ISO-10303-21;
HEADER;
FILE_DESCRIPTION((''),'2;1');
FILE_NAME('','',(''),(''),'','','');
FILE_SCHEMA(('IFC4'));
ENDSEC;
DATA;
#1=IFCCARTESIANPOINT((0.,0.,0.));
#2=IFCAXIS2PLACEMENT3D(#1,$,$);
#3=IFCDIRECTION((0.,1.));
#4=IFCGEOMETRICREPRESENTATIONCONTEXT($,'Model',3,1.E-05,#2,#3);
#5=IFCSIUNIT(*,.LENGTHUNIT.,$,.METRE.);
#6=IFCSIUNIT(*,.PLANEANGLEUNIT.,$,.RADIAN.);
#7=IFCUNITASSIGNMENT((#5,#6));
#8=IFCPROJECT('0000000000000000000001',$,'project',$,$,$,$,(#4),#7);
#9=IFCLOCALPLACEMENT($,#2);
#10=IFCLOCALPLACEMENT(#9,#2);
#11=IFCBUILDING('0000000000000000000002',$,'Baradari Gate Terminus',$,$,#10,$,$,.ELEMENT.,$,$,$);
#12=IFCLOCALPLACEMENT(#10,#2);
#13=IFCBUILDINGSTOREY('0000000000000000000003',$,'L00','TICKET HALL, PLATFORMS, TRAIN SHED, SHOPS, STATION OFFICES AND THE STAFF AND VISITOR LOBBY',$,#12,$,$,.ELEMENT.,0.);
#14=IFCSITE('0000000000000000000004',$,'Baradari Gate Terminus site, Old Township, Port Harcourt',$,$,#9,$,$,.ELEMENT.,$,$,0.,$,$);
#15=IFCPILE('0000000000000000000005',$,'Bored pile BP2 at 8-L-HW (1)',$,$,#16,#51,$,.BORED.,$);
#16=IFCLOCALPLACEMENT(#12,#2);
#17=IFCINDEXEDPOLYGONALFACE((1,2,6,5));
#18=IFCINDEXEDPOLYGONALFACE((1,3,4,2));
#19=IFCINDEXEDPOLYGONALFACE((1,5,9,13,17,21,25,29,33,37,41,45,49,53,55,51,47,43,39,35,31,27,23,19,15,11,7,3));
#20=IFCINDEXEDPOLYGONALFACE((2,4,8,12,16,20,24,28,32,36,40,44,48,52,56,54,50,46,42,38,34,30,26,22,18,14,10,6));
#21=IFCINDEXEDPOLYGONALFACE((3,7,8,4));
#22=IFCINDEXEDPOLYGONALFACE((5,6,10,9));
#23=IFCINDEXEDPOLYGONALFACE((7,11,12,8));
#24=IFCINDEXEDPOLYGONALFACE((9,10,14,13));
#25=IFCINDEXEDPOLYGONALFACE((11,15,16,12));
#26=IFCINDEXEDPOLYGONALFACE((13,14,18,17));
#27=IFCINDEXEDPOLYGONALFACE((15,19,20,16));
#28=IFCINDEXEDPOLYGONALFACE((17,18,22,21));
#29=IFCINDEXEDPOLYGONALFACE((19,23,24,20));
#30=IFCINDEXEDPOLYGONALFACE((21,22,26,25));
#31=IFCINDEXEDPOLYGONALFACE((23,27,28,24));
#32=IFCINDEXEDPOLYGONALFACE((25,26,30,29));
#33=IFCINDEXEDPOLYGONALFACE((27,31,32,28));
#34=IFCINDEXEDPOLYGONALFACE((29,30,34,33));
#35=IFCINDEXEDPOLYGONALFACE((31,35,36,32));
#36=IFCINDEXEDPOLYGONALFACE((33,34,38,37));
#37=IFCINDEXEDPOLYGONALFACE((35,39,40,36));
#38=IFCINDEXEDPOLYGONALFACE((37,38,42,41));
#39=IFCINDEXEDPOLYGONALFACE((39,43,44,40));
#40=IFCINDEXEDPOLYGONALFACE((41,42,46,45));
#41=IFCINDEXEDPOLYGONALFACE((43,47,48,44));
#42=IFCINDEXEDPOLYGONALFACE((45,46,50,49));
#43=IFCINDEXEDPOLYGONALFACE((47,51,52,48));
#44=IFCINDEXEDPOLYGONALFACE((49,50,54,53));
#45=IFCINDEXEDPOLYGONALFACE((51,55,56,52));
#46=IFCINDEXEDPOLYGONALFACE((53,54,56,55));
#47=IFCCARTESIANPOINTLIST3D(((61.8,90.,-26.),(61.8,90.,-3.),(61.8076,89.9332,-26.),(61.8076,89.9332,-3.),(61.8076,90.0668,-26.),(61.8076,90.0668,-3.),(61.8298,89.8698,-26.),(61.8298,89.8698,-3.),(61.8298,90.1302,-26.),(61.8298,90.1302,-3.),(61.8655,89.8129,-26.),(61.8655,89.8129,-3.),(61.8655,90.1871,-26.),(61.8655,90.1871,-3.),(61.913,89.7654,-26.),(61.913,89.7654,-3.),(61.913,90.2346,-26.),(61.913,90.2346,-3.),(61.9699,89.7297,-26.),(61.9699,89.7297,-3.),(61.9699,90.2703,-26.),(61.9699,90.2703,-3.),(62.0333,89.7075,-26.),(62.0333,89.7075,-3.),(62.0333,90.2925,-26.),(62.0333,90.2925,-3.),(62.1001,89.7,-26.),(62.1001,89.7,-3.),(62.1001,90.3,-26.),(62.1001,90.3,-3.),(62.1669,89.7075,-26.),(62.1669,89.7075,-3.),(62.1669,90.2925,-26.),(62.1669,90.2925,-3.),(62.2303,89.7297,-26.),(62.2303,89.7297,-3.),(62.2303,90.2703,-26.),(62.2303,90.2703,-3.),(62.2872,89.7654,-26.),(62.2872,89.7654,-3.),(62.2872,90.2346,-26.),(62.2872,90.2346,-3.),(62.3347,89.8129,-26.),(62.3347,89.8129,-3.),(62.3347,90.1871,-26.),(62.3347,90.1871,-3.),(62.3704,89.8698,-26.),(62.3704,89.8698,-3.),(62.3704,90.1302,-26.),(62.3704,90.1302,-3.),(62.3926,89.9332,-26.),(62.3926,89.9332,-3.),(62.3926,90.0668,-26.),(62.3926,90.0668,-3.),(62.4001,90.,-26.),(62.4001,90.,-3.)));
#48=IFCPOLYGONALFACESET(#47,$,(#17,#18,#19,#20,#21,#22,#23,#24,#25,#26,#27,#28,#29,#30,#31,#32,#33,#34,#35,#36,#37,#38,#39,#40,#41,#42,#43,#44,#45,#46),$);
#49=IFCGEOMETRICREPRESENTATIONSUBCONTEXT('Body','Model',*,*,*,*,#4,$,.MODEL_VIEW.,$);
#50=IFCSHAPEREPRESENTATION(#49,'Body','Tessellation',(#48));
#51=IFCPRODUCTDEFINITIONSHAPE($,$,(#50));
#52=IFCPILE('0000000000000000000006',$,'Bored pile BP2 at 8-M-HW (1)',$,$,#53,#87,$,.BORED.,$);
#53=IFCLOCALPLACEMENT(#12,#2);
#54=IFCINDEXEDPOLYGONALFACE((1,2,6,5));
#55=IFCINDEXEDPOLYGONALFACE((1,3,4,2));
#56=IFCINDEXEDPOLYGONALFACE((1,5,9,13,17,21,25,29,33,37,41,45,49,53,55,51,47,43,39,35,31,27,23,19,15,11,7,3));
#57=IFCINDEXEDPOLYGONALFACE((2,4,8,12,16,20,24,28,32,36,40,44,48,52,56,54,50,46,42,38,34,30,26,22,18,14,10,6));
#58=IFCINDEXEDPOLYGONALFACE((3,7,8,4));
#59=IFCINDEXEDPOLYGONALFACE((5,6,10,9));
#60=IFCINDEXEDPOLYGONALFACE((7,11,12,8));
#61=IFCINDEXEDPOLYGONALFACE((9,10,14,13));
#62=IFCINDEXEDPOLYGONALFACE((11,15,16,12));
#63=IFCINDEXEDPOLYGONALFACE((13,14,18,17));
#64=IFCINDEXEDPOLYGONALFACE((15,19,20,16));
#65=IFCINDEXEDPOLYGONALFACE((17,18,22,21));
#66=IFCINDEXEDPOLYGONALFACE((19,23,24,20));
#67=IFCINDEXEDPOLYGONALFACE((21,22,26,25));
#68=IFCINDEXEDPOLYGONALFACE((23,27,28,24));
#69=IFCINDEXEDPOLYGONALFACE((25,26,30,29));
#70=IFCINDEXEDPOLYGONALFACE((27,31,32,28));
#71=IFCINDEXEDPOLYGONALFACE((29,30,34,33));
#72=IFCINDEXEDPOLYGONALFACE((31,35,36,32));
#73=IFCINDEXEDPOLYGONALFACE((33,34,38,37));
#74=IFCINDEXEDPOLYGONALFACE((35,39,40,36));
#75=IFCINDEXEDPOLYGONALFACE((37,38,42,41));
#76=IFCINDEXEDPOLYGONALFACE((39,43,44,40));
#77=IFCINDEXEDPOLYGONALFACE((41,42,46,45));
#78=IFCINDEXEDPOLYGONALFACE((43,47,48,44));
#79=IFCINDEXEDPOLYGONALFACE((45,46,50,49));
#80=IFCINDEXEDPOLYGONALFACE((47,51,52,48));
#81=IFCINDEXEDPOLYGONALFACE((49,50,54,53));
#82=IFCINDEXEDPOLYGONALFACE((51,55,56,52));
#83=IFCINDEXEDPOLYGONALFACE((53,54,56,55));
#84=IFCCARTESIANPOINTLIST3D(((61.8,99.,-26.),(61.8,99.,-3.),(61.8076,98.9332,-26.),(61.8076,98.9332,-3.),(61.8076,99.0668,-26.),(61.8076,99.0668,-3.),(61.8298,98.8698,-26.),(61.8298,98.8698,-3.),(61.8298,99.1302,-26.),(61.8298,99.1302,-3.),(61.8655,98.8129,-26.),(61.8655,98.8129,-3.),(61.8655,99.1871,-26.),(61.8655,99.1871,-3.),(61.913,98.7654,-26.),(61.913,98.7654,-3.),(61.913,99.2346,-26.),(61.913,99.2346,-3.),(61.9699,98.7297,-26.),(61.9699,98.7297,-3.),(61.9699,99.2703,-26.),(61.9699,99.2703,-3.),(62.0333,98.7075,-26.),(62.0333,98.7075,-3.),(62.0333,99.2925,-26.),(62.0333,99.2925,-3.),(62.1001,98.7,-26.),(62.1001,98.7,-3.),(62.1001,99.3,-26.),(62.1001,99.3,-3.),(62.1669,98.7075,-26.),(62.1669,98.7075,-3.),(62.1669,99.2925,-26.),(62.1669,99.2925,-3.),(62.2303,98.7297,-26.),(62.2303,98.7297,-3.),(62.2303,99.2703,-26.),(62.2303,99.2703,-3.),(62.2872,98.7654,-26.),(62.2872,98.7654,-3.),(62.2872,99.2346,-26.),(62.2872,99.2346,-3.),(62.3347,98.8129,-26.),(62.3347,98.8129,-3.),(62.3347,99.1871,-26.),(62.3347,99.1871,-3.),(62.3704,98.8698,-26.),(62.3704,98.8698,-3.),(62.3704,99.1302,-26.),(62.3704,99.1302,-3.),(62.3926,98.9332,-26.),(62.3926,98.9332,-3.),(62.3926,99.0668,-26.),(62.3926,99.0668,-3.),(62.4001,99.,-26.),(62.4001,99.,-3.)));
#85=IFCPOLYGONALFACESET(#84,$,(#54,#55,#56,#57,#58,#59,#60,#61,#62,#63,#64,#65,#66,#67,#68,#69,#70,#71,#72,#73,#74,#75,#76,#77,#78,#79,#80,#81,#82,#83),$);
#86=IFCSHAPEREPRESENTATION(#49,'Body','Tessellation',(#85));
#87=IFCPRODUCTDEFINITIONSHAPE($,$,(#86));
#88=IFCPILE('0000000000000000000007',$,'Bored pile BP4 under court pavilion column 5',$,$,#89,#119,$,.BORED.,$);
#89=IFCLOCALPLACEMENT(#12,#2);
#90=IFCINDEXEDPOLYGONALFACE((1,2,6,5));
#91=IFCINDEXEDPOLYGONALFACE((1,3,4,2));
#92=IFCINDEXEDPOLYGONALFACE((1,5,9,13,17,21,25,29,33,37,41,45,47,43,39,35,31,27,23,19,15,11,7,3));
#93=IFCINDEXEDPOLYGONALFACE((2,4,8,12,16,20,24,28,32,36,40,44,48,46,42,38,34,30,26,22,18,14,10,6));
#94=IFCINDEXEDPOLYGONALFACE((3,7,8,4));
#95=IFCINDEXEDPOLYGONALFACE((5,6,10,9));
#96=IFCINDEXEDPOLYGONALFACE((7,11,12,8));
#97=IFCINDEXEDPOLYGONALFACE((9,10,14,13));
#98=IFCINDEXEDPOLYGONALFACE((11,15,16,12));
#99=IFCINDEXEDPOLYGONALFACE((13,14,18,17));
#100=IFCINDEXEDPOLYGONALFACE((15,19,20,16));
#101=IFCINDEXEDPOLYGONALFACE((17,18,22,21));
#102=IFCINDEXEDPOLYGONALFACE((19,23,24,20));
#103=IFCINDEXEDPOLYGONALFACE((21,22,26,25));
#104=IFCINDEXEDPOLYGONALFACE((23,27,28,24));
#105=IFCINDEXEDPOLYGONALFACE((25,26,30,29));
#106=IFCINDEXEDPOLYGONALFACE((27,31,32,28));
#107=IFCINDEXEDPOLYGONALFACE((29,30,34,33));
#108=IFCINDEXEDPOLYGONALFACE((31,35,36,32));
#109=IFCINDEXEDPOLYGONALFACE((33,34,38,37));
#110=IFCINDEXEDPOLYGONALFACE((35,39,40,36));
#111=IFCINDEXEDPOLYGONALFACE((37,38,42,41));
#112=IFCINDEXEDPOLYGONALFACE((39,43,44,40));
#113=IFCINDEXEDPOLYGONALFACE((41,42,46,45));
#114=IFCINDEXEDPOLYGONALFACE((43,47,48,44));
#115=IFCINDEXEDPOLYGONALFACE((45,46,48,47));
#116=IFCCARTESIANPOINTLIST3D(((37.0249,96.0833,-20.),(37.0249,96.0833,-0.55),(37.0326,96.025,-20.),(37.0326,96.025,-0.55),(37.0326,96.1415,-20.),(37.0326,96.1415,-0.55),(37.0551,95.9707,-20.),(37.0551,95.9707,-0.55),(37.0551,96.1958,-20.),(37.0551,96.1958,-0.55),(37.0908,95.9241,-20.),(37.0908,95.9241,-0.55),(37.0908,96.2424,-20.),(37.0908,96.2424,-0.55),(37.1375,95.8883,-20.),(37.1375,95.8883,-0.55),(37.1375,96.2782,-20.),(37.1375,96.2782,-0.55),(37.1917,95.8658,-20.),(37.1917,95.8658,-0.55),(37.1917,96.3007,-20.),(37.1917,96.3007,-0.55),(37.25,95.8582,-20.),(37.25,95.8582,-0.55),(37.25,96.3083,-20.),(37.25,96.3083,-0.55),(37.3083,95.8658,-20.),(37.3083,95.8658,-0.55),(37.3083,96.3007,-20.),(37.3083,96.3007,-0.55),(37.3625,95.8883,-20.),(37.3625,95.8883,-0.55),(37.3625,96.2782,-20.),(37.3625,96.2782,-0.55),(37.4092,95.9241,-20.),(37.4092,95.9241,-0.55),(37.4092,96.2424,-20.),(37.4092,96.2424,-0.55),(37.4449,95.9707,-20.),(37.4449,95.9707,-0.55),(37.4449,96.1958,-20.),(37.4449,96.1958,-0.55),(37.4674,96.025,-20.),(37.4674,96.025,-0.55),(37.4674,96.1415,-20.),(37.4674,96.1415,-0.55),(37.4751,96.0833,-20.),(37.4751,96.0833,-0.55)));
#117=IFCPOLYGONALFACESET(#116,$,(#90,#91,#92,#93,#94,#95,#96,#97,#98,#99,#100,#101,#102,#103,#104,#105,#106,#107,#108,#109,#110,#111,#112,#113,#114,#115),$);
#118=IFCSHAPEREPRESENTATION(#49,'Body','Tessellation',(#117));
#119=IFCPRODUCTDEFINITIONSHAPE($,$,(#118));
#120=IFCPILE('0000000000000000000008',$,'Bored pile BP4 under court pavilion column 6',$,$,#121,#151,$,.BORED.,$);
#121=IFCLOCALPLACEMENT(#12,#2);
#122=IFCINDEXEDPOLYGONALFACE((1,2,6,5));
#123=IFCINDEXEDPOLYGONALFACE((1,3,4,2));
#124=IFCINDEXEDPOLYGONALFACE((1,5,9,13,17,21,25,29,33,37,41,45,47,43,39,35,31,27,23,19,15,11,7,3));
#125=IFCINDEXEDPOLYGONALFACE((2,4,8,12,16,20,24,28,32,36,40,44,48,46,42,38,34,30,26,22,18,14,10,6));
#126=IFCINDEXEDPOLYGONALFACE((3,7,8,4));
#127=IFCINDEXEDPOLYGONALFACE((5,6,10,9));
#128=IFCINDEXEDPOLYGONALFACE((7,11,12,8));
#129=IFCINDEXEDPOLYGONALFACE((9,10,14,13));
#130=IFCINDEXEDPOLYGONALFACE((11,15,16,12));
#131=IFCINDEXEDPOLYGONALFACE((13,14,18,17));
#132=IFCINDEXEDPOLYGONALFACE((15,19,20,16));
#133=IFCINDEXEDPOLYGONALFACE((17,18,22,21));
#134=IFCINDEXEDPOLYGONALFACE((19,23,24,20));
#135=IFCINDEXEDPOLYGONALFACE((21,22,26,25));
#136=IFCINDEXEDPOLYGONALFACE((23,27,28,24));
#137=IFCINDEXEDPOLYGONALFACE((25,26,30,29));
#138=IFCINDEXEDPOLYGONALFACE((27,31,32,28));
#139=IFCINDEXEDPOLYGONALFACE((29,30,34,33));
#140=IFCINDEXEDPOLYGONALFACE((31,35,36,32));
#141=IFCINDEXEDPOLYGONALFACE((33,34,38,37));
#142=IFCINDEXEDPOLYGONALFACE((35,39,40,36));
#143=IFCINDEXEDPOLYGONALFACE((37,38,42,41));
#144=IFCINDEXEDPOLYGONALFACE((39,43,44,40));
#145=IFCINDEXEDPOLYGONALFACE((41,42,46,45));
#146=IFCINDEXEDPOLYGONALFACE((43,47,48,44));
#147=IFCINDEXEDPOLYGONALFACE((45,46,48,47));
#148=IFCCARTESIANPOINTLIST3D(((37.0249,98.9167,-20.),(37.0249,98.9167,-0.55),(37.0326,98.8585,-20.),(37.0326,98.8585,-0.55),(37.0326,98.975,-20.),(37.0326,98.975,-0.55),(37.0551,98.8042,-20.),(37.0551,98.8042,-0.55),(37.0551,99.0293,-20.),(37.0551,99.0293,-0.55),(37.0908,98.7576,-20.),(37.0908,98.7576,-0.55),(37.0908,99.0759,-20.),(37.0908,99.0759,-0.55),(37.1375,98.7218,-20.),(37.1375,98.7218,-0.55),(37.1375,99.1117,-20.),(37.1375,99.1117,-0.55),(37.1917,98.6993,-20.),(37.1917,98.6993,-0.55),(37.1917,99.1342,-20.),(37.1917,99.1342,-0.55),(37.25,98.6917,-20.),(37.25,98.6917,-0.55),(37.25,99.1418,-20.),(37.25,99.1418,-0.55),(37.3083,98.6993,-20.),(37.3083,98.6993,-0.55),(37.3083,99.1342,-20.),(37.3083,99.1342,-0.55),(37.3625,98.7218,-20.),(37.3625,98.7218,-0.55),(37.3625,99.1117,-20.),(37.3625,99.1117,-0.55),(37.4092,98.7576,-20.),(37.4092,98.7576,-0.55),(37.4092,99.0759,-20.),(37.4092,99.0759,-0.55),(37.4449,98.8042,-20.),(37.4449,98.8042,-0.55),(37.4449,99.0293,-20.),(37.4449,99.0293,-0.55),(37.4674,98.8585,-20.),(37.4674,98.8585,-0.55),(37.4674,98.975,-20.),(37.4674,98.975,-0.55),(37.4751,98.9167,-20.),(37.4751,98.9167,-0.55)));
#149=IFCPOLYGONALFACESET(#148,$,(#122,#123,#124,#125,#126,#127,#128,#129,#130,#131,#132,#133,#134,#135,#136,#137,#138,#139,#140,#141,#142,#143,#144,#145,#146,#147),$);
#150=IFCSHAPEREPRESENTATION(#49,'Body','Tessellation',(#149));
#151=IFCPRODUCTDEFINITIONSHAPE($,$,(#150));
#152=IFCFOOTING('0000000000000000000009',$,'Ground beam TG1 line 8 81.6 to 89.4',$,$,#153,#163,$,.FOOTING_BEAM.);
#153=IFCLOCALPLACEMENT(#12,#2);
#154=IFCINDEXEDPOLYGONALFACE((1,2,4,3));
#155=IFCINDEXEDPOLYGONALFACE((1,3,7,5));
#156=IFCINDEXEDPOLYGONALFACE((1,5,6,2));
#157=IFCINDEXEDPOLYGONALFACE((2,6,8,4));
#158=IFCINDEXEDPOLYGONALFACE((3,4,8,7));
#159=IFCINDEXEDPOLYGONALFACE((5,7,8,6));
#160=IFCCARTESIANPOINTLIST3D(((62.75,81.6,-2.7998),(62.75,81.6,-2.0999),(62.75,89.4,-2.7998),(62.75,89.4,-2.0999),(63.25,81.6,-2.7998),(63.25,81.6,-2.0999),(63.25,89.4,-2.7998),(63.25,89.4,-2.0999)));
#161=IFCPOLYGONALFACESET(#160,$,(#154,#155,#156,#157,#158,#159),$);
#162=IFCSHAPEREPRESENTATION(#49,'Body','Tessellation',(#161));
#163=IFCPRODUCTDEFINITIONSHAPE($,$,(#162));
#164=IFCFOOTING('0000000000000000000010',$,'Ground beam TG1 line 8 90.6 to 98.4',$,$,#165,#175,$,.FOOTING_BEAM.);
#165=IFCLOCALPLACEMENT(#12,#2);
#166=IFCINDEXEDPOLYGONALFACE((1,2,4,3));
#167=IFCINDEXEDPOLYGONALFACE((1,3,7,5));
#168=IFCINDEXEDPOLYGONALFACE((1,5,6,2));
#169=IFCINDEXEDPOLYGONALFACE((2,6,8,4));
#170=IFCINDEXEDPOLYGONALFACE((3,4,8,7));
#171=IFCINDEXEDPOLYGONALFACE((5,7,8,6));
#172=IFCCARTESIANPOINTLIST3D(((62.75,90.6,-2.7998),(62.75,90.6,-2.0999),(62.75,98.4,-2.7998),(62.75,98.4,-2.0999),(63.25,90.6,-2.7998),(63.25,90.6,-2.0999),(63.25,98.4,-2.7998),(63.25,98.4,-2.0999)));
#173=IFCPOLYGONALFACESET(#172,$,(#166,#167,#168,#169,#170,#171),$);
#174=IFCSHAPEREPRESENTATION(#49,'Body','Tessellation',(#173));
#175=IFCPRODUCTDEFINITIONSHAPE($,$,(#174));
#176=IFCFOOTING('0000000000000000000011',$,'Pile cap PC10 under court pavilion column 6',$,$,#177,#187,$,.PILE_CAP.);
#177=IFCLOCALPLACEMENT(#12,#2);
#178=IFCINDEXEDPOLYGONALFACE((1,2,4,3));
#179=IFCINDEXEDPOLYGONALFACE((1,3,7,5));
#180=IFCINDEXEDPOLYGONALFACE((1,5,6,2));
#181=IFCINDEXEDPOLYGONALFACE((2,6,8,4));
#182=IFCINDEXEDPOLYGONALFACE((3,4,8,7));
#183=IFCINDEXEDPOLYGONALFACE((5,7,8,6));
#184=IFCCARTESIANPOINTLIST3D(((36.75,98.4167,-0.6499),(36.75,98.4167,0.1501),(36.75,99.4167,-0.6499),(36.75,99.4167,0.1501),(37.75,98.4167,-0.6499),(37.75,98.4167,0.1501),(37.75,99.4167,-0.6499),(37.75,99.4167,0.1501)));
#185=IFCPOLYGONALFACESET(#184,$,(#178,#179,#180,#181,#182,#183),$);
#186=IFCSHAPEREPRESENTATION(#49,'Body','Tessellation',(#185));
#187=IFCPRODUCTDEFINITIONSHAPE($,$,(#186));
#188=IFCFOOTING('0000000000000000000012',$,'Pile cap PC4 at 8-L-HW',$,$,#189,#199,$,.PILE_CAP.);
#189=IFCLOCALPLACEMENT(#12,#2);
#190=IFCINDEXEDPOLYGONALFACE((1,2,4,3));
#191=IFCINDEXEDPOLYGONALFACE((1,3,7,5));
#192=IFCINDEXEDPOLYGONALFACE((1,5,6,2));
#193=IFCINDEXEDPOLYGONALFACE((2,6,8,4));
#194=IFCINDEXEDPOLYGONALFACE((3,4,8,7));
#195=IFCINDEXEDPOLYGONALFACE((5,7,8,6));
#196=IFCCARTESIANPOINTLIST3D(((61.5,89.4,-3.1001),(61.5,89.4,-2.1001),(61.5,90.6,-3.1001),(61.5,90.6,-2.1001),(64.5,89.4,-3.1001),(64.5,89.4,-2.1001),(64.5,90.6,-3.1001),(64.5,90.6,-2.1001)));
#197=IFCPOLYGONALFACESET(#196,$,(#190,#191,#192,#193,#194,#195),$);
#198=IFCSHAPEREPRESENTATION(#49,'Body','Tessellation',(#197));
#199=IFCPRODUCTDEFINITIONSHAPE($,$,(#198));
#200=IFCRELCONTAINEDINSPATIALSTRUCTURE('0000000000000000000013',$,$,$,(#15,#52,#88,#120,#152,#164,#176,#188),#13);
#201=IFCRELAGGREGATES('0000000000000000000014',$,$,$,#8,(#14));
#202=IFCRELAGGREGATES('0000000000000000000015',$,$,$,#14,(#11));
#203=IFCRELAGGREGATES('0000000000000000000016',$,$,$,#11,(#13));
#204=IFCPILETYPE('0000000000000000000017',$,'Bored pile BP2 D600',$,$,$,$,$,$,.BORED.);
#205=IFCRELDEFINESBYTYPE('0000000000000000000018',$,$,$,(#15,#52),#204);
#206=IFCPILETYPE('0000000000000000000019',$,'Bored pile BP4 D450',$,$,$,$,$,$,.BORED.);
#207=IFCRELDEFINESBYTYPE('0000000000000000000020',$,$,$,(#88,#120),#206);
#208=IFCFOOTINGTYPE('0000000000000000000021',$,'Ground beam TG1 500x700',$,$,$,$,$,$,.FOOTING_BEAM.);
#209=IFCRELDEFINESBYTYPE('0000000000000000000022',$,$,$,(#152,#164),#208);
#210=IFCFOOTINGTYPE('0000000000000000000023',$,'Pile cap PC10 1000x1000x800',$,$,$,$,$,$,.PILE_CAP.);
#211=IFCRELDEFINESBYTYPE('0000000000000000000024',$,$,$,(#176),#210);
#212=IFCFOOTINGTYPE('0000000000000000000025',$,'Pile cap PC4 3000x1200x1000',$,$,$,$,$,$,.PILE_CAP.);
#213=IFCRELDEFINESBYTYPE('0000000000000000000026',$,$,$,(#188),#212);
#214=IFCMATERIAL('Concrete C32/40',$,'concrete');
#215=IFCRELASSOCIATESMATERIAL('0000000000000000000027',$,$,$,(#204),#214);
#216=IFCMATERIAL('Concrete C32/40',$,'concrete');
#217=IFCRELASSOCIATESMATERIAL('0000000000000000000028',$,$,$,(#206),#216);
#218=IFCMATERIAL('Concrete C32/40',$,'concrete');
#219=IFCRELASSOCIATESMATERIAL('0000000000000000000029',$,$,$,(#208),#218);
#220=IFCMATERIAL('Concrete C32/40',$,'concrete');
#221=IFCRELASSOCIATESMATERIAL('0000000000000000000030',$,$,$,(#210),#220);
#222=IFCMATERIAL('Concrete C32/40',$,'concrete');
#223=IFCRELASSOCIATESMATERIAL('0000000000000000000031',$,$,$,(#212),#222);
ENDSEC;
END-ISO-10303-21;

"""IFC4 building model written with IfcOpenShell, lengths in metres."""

from ifc_helpers import new_model, si_unit, direction, frame, origin, origin_2d, place, context, subcontext, project, spatial, rectangle, circle, extrude, material, type_object, element, save


model = new_model("IFC4")

# Units and contexts
model_context = context("Model", 3, precision=1e-05, world=origin(), true_north=direction((0.0, 1.0)))
body_context = subcontext(model_context, "Body", "Model", "MODEL_VIEW")
ifc_project = project(units=[si_unit("LENGTHUNIT", "METRE"), si_unit("PLANEANGLEUNIT", "RADIAN")], contexts=[model_context])

# Site, building, storey
site_placement = place(None, origin())
site = spatial("IfcSite", under=ifc_project, at=site_placement, Name="Baradari Gate Terminus site, Old Township, Port Harcourt", CompositionType="ELEMENT", RefElevation=0.0)
building_placement = place(site_placement, origin())
building = spatial("IfcBuilding", under=site, at=building_placement, Name="Baradari Gate Terminus", CompositionType="ELEMENT")
storey_placement = place(building_placement, origin())
storey = spatial("IfcBuildingStorey", under=building, at=storey_placement, Name="L00", Description="TICKET HALL, PLATFORMS, TRAIN SHED, SHOPS, STATION OFFICES AND THE STAFF AND VISITOR LOBBY", CompositionType="ELEMENT", Elevation=0.0)

# Piles
ifc_material_1 = material(Name="Concrete C32/40", Category="concrete")
pile_type_1 = type_object("IfcPileType", Name="Bored pile BP2 D600", PredefinedType="BORED", material=ifc_material_1)
for number, where, z_axis, x_axis, name in (
    (1, (62.1001, 90.0, -3.0), (0.0, 0.0, -1.0), (1.0, 0.0, 0.0), "Bored pile BP2 at 8-L-HW (1)"),
    (2, (62.1001, 99.0, -3.0), (0.0, 0.0, -1.0), (1.0, 0.0, 0.0), "Bored pile BP2 at 8-M-HW (1)"),
):
    element("IfcPile", number, at=place(storey_placement, frame(where, z_axis=z_axis, x_axis=x_axis)), inside=storey, type_object=pile_type_1, Name=name, PredefinedType="BORED", context=body_context, shape_type="SweptSolid", body=[
        extrude(circle(Radius=0.3, at=origin_2d()), origin(), (0.0, 0.0, 1.0), 23.0),
    ])
ifc_material_2 = material(Name="Concrete C32/40", Category="concrete")
pile_type_2 = type_object("IfcPileType", Name="Bored pile BP4 D450", PredefinedType="BORED", material=ifc_material_2)
for number, where, z_axis, x_axis, name in (
    (3, (37.25, 96.0833, -0.55), (0.0, 0.0, -1.0), (1.0, 0.0, 0.0), "Bored pile BP4 under court pavilion column 5"),
    (4, (37.25, 98.9167, -0.55), (0.0, 0.0, -1.0), (1.0, 0.0, 0.0), "Bored pile BP4 under court pavilion column 6"),
):
    element("IfcPile", number, at=place(storey_placement, frame(where, z_axis=z_axis, x_axis=x_axis)), inside=storey, type_object=pile_type_2, Name=name, PredefinedType="BORED", context=body_context, shape_type="SweptSolid", body=[
        extrude(circle(Radius=0.2251, at=origin_2d()), origin(), (0.0, 0.0, 1.0), 19.45),
    ])

# Footings
ifc_material_3 = material(Name="Concrete C32/40", Category="concrete")
footing_type_1 = type_object("IfcFootingType", Name="Ground beam TG1 500x700", PredefinedType="FOOTING_BEAM", material=ifc_material_3)
for number, where, z_axis, x_axis, name in (
    (5, (63.0, 85.5, -2.7998), (0.0, 0.0, 1.0), (1.0, 0.0, 0.0), "Ground beam TG1 line 8 81.6 to 89.4"),
    (6, (63.0, 94.5, -2.7998), (0.0, 0.0, 1.0), (1.0, 0.0, 0.0), "Ground beam TG1 line 8 90.6 to 98.4"),
):
    element("IfcFooting", number, at=place(storey_placement, frame(where, z_axis=z_axis, x_axis=x_axis)), inside=storey, type_object=footing_type_1, Name=name, PredefinedType="FOOTING_BEAM", context=body_context, shape_type="SweptSolid", body=[
        extrude(rectangle(XDim=0.5, YDim=7.8, at=origin_2d()), origin(), (0.0, 0.0, 1.0), 0.7),
    ])
ifc_material_4 = material(Name="Concrete C32/40", Category="concrete")
footing_type_2 = type_object("IfcFootingType", Name="Pile cap PC10 1000x1000x800", PredefinedType="PILE_CAP", material=ifc_material_4)
footing_1_placement = place(storey_placement, frame((37.25, 98.9167, -0.6499), z_axis=(0.0, 0.0, 1.0), x_axis=(1.0, 0.0, 0.0)))
element("IfcFooting", 7, at=footing_1_placement, inside=storey, type_object=footing_type_2, Name="Pile cap PC10 under court pavilion column 6", PredefinedType="PILE_CAP", context=body_context, shape_type="SweptSolid", body=[
    extrude(rectangle(XDim=1.0, YDim=1.0, at=origin_2d()), origin(), (0.0, 0.0, 1.0), 0.8),
])
ifc_material_5 = material(Name="Concrete C32/40", Category="concrete")
footing_type_3 = type_object("IfcFootingType", Name="Pile cap PC4 3000x1200x1000", PredefinedType="PILE_CAP", material=ifc_material_5)
footing_2_placement = place(storey_placement, frame((63.0, 90.0, -3.1001), z_axis=(0.0, 0.0, 1.0), x_axis=(1.0, 0.0, 0.0)))
element("IfcFooting", 8, at=footing_2_placement, inside=storey, type_object=footing_type_3, Name="Pile cap PC4 at 8-L-HW", PredefinedType="PILE_CAP", context=body_context, shape_type="SweptSolid", body=[
    extrude(rectangle(XDim=3.0, YDim=1.2, at=origin_2d()), origin(), (0.0, 0.0, 1.0), 1.0),
])

save(model, "model.ifc")
